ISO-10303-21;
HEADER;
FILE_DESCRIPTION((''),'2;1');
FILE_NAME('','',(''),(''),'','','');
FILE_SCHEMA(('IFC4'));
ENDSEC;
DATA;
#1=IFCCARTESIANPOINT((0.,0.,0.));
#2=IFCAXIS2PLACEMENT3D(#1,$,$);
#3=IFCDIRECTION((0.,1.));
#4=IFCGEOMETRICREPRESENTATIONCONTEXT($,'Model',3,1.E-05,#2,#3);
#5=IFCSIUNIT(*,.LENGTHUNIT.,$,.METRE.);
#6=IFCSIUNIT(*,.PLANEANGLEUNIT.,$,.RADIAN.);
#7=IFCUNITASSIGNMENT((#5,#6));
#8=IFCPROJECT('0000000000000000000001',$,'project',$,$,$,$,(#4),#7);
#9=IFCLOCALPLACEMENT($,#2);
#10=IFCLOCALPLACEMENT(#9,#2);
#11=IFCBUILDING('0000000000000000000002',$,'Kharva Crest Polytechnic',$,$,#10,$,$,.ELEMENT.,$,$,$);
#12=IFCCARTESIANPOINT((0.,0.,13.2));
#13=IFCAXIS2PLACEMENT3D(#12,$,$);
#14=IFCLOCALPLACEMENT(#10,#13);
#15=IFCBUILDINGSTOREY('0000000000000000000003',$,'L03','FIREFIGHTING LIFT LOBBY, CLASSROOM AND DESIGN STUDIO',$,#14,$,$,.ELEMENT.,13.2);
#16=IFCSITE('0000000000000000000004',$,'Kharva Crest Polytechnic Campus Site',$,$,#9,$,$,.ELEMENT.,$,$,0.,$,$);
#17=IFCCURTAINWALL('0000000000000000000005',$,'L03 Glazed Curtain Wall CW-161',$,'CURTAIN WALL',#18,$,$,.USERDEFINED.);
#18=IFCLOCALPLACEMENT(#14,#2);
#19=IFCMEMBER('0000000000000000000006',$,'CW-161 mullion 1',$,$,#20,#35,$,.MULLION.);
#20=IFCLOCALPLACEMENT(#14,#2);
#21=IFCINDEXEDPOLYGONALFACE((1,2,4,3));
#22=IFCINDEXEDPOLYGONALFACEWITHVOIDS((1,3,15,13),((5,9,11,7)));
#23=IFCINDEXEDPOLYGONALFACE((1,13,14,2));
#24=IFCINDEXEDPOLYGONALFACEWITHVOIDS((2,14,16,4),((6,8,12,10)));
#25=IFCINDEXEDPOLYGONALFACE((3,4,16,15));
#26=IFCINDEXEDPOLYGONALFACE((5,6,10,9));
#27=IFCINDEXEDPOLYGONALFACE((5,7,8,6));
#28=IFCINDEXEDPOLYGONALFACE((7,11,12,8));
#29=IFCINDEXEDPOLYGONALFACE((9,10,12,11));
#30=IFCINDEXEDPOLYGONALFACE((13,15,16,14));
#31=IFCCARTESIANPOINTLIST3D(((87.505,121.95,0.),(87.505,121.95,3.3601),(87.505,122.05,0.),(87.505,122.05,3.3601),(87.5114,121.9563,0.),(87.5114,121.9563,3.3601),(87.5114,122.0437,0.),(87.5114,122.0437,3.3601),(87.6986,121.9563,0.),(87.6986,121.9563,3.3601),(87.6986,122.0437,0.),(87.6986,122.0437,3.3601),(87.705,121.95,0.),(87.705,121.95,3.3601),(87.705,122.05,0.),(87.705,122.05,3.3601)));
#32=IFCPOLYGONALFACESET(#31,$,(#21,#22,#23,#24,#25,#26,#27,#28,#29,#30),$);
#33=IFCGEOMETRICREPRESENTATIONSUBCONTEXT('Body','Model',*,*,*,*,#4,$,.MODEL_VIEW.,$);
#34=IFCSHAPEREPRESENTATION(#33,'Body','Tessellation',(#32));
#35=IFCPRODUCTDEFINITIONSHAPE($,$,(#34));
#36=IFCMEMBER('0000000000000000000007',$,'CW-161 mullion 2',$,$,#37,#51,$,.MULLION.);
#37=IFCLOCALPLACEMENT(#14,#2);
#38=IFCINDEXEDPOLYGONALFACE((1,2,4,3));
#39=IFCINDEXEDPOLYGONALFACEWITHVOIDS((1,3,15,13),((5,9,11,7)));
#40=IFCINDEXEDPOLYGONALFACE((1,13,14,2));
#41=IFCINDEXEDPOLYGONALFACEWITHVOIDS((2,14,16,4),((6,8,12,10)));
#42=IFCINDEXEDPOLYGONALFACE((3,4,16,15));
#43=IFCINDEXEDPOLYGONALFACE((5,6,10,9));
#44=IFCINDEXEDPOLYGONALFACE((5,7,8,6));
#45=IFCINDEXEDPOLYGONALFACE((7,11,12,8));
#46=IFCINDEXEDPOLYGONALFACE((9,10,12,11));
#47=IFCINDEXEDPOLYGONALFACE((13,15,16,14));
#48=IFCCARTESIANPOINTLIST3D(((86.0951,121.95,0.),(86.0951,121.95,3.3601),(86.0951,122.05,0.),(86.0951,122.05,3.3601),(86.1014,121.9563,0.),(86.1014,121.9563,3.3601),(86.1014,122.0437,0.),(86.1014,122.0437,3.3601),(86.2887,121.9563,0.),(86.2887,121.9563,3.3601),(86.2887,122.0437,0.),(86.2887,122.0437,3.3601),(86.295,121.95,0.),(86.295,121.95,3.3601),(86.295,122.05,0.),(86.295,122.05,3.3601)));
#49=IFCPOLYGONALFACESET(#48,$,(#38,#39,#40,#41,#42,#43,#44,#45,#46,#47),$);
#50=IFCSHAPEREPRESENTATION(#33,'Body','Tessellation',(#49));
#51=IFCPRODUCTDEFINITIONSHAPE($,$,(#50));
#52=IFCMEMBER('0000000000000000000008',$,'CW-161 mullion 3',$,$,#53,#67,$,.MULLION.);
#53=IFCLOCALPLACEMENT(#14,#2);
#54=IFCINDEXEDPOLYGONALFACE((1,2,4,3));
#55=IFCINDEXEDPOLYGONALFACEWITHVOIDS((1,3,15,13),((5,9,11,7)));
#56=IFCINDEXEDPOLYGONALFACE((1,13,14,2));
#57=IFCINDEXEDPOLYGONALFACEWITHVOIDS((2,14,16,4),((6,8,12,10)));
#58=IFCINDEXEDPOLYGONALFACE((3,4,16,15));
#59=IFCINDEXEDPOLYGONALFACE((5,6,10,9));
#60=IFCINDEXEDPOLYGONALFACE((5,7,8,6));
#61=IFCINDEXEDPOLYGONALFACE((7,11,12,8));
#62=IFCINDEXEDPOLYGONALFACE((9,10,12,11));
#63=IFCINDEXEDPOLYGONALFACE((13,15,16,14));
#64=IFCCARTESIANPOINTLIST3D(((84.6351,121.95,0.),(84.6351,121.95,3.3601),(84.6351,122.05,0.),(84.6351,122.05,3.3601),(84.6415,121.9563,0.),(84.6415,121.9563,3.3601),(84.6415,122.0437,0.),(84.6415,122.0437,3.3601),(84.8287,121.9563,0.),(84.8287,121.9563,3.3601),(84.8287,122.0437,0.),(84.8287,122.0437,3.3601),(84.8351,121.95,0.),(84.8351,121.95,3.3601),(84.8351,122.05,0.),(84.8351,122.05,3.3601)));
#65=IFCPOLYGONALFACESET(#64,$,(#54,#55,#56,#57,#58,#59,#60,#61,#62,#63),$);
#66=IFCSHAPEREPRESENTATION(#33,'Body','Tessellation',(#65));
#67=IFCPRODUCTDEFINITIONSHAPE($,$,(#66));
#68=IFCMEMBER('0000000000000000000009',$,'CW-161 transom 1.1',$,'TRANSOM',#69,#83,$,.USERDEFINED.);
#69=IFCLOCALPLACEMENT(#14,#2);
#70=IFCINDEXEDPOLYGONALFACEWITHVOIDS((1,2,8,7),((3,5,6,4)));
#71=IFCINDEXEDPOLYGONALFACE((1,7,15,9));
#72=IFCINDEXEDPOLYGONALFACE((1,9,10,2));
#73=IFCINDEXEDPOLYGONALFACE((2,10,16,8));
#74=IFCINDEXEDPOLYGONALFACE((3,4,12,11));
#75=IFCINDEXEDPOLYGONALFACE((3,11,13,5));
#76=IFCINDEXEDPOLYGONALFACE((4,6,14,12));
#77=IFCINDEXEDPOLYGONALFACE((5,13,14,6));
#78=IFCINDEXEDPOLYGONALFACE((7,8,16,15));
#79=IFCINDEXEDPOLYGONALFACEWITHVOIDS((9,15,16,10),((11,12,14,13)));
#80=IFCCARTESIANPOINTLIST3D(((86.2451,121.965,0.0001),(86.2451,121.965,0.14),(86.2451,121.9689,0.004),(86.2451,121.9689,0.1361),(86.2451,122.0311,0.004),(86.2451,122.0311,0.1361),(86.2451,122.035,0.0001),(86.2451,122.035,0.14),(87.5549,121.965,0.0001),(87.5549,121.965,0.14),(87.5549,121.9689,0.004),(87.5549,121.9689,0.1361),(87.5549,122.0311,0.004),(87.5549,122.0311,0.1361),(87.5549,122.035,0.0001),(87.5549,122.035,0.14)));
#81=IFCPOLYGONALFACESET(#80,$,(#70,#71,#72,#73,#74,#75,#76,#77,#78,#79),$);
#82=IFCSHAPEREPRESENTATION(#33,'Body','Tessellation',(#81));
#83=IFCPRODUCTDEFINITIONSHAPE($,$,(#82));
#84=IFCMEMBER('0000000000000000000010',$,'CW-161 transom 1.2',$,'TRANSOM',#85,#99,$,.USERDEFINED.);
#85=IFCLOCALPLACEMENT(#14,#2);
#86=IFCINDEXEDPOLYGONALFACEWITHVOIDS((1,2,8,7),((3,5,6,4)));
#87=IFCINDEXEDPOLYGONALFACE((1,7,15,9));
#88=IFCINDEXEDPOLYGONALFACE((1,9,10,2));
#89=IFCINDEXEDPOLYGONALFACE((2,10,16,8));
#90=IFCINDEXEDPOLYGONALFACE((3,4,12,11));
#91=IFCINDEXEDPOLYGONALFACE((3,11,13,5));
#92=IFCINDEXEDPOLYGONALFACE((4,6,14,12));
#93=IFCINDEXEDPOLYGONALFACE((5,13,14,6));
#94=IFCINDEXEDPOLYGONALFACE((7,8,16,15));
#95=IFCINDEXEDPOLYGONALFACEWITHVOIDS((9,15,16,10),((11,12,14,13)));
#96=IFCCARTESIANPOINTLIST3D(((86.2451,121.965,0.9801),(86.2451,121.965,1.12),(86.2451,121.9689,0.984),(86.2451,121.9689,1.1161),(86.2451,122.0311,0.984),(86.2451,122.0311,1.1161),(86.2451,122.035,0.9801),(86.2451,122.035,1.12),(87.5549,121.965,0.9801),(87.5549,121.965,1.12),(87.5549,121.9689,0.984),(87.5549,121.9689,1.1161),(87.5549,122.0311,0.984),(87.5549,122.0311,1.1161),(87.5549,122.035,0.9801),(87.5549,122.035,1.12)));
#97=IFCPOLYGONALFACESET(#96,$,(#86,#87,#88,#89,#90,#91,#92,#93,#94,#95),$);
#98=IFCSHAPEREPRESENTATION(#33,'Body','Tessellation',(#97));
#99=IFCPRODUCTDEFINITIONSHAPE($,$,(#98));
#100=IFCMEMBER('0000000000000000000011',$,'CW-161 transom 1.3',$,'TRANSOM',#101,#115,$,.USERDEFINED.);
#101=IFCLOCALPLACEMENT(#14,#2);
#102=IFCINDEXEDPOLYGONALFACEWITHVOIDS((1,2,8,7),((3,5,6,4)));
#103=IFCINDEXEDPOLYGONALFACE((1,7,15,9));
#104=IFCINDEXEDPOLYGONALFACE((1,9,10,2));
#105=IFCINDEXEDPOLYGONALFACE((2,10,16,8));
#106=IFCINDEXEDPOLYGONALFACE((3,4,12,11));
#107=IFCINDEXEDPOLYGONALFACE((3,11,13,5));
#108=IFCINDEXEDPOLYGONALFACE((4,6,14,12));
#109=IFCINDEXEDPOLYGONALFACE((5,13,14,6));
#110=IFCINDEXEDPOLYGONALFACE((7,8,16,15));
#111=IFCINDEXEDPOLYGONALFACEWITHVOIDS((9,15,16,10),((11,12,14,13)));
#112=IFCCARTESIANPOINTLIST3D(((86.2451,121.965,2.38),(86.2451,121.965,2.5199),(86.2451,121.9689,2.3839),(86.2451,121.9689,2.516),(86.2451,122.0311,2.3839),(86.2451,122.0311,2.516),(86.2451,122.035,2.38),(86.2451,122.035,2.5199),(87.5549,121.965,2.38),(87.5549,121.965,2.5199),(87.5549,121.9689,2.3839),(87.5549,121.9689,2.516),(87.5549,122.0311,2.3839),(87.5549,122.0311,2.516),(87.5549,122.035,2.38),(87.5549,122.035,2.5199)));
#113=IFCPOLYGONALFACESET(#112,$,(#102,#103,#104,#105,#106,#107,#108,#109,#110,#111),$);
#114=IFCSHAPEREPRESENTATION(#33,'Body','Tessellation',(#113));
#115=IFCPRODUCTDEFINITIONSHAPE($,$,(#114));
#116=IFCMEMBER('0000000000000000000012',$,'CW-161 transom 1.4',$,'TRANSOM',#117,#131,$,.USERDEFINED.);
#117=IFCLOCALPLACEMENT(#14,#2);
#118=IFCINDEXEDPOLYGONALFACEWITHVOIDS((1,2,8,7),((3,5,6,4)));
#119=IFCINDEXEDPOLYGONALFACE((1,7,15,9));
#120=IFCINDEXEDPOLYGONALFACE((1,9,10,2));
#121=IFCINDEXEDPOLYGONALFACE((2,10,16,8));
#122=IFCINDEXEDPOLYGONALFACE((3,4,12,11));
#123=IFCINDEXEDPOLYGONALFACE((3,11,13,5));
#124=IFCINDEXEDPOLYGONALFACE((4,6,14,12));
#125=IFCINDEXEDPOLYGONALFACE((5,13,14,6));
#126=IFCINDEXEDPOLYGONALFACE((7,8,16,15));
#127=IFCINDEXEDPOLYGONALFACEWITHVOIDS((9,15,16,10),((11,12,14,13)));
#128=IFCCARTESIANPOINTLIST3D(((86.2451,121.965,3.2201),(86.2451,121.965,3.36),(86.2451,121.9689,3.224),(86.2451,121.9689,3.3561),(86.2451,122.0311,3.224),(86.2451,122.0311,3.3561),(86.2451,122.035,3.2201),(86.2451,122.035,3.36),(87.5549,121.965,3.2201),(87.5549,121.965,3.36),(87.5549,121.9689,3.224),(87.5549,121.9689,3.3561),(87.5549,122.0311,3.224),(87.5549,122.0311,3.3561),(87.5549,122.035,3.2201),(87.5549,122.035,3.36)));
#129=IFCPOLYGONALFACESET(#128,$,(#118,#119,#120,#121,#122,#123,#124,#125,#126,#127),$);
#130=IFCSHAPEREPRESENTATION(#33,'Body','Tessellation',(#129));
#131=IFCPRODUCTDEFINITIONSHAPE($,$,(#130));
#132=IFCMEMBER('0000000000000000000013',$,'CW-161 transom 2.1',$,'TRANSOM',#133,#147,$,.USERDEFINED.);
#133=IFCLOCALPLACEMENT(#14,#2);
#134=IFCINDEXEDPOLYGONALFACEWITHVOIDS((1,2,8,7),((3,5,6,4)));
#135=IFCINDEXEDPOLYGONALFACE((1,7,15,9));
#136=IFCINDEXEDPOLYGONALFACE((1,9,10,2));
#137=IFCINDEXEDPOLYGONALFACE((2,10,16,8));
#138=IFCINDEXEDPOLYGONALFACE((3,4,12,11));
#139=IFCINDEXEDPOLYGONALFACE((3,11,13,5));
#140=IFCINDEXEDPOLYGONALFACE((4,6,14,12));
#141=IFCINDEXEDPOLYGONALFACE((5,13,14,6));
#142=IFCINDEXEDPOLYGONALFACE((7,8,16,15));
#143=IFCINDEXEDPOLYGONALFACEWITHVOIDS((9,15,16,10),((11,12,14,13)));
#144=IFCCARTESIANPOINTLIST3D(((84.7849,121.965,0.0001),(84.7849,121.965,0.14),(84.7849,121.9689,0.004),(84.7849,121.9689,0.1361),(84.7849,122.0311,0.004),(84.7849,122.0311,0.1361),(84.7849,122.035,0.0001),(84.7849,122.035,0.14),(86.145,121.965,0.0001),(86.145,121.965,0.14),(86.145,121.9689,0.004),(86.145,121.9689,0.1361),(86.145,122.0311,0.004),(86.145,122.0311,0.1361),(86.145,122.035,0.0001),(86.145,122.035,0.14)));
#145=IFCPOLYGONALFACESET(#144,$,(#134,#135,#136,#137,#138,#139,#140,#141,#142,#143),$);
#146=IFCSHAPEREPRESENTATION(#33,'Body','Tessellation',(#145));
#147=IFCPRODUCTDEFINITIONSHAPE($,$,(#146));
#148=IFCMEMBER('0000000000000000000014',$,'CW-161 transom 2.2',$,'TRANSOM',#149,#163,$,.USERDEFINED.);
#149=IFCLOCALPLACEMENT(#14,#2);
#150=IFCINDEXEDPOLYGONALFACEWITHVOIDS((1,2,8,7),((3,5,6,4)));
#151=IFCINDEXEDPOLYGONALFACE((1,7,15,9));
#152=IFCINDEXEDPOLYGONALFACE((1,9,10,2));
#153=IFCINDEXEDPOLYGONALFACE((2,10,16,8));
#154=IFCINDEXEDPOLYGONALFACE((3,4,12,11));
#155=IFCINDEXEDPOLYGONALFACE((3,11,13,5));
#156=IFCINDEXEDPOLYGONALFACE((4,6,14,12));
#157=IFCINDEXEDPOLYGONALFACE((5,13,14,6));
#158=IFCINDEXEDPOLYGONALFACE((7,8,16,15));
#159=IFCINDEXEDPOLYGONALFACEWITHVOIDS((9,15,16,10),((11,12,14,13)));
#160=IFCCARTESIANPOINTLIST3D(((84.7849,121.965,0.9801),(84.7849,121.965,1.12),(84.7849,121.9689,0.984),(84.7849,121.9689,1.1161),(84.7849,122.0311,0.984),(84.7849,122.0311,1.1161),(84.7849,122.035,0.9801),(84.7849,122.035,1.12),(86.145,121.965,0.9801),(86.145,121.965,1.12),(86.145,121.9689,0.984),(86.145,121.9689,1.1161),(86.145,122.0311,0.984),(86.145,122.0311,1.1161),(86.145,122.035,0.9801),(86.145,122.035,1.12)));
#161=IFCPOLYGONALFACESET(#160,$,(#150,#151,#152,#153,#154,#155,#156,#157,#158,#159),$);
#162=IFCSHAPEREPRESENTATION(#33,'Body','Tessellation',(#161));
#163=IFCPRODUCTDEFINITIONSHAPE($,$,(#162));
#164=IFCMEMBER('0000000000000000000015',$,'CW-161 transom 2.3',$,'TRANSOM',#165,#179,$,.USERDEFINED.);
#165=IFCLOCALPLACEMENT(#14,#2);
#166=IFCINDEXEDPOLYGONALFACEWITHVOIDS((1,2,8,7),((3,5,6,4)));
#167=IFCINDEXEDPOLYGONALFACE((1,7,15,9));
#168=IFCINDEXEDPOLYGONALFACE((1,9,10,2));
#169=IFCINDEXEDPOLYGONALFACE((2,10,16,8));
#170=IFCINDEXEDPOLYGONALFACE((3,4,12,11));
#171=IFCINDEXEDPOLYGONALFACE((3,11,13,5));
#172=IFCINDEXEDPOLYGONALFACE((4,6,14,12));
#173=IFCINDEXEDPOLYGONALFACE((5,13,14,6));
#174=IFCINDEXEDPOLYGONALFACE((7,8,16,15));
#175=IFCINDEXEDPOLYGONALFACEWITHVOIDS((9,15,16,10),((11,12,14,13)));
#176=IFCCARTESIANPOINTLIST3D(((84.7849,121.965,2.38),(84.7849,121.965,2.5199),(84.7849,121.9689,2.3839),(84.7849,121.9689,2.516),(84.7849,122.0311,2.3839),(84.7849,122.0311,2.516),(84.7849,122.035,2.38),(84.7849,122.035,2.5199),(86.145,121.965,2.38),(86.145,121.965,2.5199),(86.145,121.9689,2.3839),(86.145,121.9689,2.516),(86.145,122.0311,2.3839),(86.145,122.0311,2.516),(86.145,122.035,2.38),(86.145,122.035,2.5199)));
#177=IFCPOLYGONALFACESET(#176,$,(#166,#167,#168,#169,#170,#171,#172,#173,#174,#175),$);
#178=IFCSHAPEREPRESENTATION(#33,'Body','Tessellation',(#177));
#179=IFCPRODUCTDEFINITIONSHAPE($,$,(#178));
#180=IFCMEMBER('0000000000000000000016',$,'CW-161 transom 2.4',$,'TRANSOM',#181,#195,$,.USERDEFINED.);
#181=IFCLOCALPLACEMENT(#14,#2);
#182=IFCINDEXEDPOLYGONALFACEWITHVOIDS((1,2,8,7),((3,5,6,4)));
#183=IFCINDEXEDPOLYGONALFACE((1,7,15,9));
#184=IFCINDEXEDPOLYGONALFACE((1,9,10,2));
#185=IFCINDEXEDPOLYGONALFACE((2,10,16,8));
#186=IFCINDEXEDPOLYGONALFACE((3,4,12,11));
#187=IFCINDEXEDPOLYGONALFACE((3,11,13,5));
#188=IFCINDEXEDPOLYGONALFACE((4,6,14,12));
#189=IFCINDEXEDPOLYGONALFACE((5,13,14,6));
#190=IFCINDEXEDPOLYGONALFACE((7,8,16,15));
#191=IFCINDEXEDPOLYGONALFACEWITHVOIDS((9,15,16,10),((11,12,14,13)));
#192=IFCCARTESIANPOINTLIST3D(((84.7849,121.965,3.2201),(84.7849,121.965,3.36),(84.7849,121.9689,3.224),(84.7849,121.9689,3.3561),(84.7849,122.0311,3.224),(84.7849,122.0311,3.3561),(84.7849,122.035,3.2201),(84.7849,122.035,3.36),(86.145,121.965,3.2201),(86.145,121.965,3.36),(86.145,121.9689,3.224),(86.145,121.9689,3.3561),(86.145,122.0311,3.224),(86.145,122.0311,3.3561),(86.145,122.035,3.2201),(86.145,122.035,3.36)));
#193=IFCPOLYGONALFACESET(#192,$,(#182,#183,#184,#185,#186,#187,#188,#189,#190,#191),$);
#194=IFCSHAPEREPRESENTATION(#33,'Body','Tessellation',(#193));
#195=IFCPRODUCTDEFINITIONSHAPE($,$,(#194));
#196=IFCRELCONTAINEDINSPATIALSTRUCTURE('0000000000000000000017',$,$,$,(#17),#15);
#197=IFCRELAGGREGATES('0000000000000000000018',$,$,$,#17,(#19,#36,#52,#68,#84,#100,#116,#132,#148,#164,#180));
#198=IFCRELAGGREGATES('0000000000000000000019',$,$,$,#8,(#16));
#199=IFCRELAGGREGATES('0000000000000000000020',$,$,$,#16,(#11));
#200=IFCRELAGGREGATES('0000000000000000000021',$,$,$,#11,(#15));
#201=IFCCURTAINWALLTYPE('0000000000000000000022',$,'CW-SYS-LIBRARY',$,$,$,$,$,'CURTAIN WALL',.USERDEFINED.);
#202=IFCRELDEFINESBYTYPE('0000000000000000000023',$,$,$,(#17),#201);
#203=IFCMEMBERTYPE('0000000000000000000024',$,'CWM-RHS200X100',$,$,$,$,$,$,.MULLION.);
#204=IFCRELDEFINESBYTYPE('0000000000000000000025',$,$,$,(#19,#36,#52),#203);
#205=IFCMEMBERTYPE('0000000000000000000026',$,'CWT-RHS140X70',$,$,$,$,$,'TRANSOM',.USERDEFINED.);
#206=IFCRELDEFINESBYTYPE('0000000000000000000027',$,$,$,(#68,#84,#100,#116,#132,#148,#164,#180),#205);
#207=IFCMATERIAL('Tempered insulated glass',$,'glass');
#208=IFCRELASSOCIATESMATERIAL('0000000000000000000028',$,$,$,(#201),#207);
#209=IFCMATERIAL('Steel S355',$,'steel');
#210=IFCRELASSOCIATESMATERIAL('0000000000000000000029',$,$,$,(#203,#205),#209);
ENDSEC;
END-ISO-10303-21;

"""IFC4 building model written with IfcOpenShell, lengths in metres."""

from ifc_helpers import new_model, si_unit, direction, frame, origin, origin_2d, place, context, subcontext, project, spatial, hollow_rectangle, extrude, material, material_profile, profile_set, type_object, element, aggregate, save


model = new_model("IFC4")

# Units and contexts
model_context = context("Model", 3, precision=1e-05, world=origin(), true_north=direction((0.0, 1.0)))
body_context = subcontext(model_context, "Body", "Model", "MODEL_VIEW")
ifc_project = project(units=[si_unit("LENGTHUNIT", "METRE"), si_unit("PLANEANGLEUNIT", "RADIAN")], contexts=[model_context])

# Site, building, storey
site_placement = place(None, origin())
site = spatial("IfcSite", under=ifc_project, at=site_placement, Name="Kharva Crest Polytechnic Campus Site", CompositionType="ELEMENT", RefElevation=0.0)
building_placement = place(site_placement, origin())
building = spatial("IfcBuilding", under=site, at=building_placement, Name="Kharva Crest Polytechnic", CompositionType="ELEMENT")
storey_placement = place(building_placement, frame((0.0, 0.0, 13.2)))
storey = spatial("IfcBuildingStorey", under=building, at=storey_placement, Name="L03", Description="FIREFIGHTING LIFT LOBBY, CLASSROOM AND DESIGN STUDIO", CompositionType="ELEMENT", Elevation=13.2)

# Curtain wall, members
ifc_material_1 = material(Name="Tempered insulated glass", Category="glass")
curtain_wall_type = type_object("IfcCurtainWallType", Name="CW-SYS-LIBRARY", ElementType="CURTAIN WALL", PredefinedType="USERDEFINED", material=ifc_material_1)
curtain_wall_placement = place(storey_placement, origin())
curtain_wall = element("IfcCurtainWall", 1, at=curtain_wall_placement, inside=storey, type_object=curtain_wall_type, Name="L03 Glazed Curtain Wall CW-161", ObjectType="CURTAIN WALL", PredefinedType="USERDEFINED")
ifc_material_2 = material(Name="Steel S355", Category="steel")
ifc_material_profile_1 = material_profile(ifc_material_2, hollow_rectangle(XDim=0.1001, YDim=0.2, WallThickness=0.0063, at=origin_2d()), Name="RHS 200X100X6.3")
ifc_profile_set_1 = profile_set([ifc_material_profile_1], Name="Steel S355")
member_type_1 = type_object("IfcMemberType", Name="CWM-RHS200X100", PredefinedType="MULLION", material=ifc_profile_set_1)
member_1_placement = place(storey_placement, frame((87.605, 122.0, 0.0), z_axis=(0.0, 0.0, 1.0), x_axis=(0.0, -1.0, 0.0)))
member_1 = element("IfcMember", 2, at=member_1_placement, type_object=member_type_1, Name="CW-161 mullion 1", PredefinedType="MULLION", context=body_context, shape_type="SweptSolid", body=[
    extrude(hollow_rectangle(XDim=0.1001, YDim=0.2, WallThickness=0.0063, at=origin_2d()), origin(), (0.0, 0.0, 1.0), 3.3601),
])
member_2_placement = place(storey_placement, frame((86.1951, 122.0, 0.0), z_axis=(0.0, 0.0, 1.0), x_axis=(0.0, -1.0, 0.0)))
member_2 = element("IfcMember", 3, at=member_2_placement, type_object=member_type_1, Name="CW-161 mullion 2", PredefinedType="MULLION", context=body_context, shape_type="SweptSolid", body=[
    extrude(hollow_rectangle(XDim=0.1001, YDim=0.2, WallThickness=0.0063, at=origin_2d()), origin(), (0.0, 0.0, 1.0), 3.3601),
])
member_3_placement = place(storey_placement, frame((84.7351, 122.0, 0.0), z_axis=(0.0, 0.0, 1.0), x_axis=(0.0, -1.0, 0.0)))
member_3 = element("IfcMember", 4, at=member_3_placement, type_object=member_type_1, Name="CW-161 mullion 3", PredefinedType="MULLION", context=body_context, shape_type="SweptSolid", body=[
    extrude(hollow_rectangle(XDim=0.1001, YDim=0.2, WallThickness=0.0063, at=origin_2d()), origin(), (0.0, 0.0, 1.0), 3.3601),
])
ifc_material_profile_2 = material_profile(ifc_material_2, hollow_rectangle(XDim=0.0701, YDim=0.1399, WallThickness=0.0039, at=origin_2d()), Name="RHS 140X70X4.0")
ifc_profile_set_2 = profile_set([ifc_material_profile_2], Name="Steel S355")
member_type_2 = type_object("IfcMemberType", Name="CWT-RHS140X70", ElementType="TRANSOM", PredefinedType="USERDEFINED", material=ifc_profile_set_2)
member_4_placement = place(storey_placement, frame((87.5549, 122.0, 0.0701), z_axis=(-1.0, 0.0, 0.0), x_axis=(0.0, -1.0, 0.0)))
member_4 = element("IfcMember", 5, at=member_4_placement, type_object=member_type_2, Name="CW-161 transom 1.1", ObjectType="TRANSOM", PredefinedType="USERDEFINED", context=body_context, shape_type="SweptSolid", body=[
    extrude(hollow_rectangle(XDim=0.0701, YDim=0.1399, WallThickness=0.0039, at=origin_2d()), origin(), (0.0, 0.0, 1.0), 1.3098),
])
member_5_placement = place(storey_placement, frame((87.5549, 122.0, 1.05), z_axis=(-1.0, 0.0, 0.0), x_axis=(0.0, -1.0, 0.0)))
member_5 = element("IfcMember", 6, at=member_5_placement, type_object=member_type_2, Name="CW-161 transom 1.2", ObjectType="TRANSOM", PredefinedType="USERDEFINED", context=body_context, shape_type="SweptSolid", body=[
    extrude(hollow_rectangle(XDim=0.0701, YDim=0.1399, WallThickness=0.0039, at=origin_2d()), origin(), (0.0, 0.0, 1.0), 1.3098),
])
member_6_placement = place(storey_placement, frame((87.5549, 122.0, 2.45), z_axis=(-1.0, 0.0, 0.0), x_axis=(0.0, -1.0, 0.0)))
member_6 = element("IfcMember", 7, at=member_6_placement, type_object=member_type_2, Name="CW-161 transom 1.3", ObjectType="TRANSOM", PredefinedType="USERDEFINED", context=body_context, shape_type="SweptSolid", body=[
    extrude(hollow_rectangle(XDim=0.0701, YDim=0.1399, WallThickness=0.0039, at=origin_2d()), origin(), (0.0, 0.0, 1.0), 1.3098),
])
member_7_placement = place(storey_placement, frame((87.5549, 122.0, 3.29), z_axis=(-1.0, 0.0, 0.0), x_axis=(0.0, -1.0, 0.0)))
member_7 = element("IfcMember", 8, at=member_7_placement, type_object=member_type_2, Name="CW-161 transom 1.4", ObjectType="TRANSOM", PredefinedType="USERDEFINED", context=body_context, shape_type="SweptSolid", body=[
    extrude(hollow_rectangle(XDim=0.0701, YDim=0.1399, WallThickness=0.0039, at=origin_2d()), origin(), (0.0, 0.0, 1.0), 1.3098),
])
member_8_placement = place(storey_placement, frame((86.145, 122.0, 0.0701), z_axis=(-1.0, 0.0, 0.0), x_axis=(0.0, -1.0, 0.0)))
member_8 = element("IfcMember", 9, at=member_8_placement, type_object=member_type_2, Name="CW-161 transom 2.1", ObjectType="TRANSOM", PredefinedType="USERDEFINED", context=body_context, shape_type="SweptSolid", body=[
    extrude(hollow_rectangle(XDim=0.0701, YDim=0.1399, WallThickness=0.0039, at=origin_2d()), origin(), (0.0, 0.0, 1.0), 1.3601),
])
member_9_placement = place(storey_placement, frame((86.145, 122.0, 1.05), z_axis=(-1.0, 0.0, 0.0), x_axis=(0.0, -1.0, 0.0)))
member_9 = element("IfcMember", 10, at=member_9_placement, type_object=member_type_2, Name="CW-161 transom 2.2", ObjectType="TRANSOM", PredefinedType="USERDEFINED", context=body_context, shape_type="SweptSolid", body=[
    extrude(hollow_rectangle(XDim=0.0701, YDim=0.1399, WallThickness=0.0039, at=origin_2d()), origin(), (0.0, 0.0, 1.0), 1.3601),
])
member_10_placement = place(storey_placement, frame((86.145, 122.0, 2.45), z_axis=(-1.0, 0.0, 0.0), x_axis=(0.0, -1.0, 0.0)))
member_10 = element("IfcMember", 11, at=member_10_placement, type_object=member_type_2, Name="CW-161 transom 2.3", ObjectType="TRANSOM", PredefinedType="USERDEFINED", context=body_context, shape_type="SweptSolid", body=[
    extrude(hollow_rectangle(XDim=0.0701, YDim=0.1399, WallThickness=0.0039, at=origin_2d()), origin(), (0.0, 0.0, 1.0), 1.3601),
])
member_11_placement = place(storey_placement, frame((86.145, 122.0, 3.29), z_axis=(-1.0, 0.0, 0.0), x_axis=(0.0, -1.0, 0.0)))
member_11 = element("IfcMember", 12, at=member_11_placement, type_object=member_type_2, Name="CW-161 transom 2.4", ObjectType="TRANSOM", PredefinedType="USERDEFINED", context=body_context, shape_type="SweptSolid", body=[
    extrude(hollow_rectangle(XDim=0.0701, YDim=0.1399, WallThickness=0.0039, at=origin_2d()), origin(), (0.0, 0.0, 1.0), 1.3601),
])
aggregate(curtain_wall, [member_1, member_2, member_3, member_4, member_5, member_6, member_7, member_8, member_9, member_10, member_11])

save(model, "model.ifc")
